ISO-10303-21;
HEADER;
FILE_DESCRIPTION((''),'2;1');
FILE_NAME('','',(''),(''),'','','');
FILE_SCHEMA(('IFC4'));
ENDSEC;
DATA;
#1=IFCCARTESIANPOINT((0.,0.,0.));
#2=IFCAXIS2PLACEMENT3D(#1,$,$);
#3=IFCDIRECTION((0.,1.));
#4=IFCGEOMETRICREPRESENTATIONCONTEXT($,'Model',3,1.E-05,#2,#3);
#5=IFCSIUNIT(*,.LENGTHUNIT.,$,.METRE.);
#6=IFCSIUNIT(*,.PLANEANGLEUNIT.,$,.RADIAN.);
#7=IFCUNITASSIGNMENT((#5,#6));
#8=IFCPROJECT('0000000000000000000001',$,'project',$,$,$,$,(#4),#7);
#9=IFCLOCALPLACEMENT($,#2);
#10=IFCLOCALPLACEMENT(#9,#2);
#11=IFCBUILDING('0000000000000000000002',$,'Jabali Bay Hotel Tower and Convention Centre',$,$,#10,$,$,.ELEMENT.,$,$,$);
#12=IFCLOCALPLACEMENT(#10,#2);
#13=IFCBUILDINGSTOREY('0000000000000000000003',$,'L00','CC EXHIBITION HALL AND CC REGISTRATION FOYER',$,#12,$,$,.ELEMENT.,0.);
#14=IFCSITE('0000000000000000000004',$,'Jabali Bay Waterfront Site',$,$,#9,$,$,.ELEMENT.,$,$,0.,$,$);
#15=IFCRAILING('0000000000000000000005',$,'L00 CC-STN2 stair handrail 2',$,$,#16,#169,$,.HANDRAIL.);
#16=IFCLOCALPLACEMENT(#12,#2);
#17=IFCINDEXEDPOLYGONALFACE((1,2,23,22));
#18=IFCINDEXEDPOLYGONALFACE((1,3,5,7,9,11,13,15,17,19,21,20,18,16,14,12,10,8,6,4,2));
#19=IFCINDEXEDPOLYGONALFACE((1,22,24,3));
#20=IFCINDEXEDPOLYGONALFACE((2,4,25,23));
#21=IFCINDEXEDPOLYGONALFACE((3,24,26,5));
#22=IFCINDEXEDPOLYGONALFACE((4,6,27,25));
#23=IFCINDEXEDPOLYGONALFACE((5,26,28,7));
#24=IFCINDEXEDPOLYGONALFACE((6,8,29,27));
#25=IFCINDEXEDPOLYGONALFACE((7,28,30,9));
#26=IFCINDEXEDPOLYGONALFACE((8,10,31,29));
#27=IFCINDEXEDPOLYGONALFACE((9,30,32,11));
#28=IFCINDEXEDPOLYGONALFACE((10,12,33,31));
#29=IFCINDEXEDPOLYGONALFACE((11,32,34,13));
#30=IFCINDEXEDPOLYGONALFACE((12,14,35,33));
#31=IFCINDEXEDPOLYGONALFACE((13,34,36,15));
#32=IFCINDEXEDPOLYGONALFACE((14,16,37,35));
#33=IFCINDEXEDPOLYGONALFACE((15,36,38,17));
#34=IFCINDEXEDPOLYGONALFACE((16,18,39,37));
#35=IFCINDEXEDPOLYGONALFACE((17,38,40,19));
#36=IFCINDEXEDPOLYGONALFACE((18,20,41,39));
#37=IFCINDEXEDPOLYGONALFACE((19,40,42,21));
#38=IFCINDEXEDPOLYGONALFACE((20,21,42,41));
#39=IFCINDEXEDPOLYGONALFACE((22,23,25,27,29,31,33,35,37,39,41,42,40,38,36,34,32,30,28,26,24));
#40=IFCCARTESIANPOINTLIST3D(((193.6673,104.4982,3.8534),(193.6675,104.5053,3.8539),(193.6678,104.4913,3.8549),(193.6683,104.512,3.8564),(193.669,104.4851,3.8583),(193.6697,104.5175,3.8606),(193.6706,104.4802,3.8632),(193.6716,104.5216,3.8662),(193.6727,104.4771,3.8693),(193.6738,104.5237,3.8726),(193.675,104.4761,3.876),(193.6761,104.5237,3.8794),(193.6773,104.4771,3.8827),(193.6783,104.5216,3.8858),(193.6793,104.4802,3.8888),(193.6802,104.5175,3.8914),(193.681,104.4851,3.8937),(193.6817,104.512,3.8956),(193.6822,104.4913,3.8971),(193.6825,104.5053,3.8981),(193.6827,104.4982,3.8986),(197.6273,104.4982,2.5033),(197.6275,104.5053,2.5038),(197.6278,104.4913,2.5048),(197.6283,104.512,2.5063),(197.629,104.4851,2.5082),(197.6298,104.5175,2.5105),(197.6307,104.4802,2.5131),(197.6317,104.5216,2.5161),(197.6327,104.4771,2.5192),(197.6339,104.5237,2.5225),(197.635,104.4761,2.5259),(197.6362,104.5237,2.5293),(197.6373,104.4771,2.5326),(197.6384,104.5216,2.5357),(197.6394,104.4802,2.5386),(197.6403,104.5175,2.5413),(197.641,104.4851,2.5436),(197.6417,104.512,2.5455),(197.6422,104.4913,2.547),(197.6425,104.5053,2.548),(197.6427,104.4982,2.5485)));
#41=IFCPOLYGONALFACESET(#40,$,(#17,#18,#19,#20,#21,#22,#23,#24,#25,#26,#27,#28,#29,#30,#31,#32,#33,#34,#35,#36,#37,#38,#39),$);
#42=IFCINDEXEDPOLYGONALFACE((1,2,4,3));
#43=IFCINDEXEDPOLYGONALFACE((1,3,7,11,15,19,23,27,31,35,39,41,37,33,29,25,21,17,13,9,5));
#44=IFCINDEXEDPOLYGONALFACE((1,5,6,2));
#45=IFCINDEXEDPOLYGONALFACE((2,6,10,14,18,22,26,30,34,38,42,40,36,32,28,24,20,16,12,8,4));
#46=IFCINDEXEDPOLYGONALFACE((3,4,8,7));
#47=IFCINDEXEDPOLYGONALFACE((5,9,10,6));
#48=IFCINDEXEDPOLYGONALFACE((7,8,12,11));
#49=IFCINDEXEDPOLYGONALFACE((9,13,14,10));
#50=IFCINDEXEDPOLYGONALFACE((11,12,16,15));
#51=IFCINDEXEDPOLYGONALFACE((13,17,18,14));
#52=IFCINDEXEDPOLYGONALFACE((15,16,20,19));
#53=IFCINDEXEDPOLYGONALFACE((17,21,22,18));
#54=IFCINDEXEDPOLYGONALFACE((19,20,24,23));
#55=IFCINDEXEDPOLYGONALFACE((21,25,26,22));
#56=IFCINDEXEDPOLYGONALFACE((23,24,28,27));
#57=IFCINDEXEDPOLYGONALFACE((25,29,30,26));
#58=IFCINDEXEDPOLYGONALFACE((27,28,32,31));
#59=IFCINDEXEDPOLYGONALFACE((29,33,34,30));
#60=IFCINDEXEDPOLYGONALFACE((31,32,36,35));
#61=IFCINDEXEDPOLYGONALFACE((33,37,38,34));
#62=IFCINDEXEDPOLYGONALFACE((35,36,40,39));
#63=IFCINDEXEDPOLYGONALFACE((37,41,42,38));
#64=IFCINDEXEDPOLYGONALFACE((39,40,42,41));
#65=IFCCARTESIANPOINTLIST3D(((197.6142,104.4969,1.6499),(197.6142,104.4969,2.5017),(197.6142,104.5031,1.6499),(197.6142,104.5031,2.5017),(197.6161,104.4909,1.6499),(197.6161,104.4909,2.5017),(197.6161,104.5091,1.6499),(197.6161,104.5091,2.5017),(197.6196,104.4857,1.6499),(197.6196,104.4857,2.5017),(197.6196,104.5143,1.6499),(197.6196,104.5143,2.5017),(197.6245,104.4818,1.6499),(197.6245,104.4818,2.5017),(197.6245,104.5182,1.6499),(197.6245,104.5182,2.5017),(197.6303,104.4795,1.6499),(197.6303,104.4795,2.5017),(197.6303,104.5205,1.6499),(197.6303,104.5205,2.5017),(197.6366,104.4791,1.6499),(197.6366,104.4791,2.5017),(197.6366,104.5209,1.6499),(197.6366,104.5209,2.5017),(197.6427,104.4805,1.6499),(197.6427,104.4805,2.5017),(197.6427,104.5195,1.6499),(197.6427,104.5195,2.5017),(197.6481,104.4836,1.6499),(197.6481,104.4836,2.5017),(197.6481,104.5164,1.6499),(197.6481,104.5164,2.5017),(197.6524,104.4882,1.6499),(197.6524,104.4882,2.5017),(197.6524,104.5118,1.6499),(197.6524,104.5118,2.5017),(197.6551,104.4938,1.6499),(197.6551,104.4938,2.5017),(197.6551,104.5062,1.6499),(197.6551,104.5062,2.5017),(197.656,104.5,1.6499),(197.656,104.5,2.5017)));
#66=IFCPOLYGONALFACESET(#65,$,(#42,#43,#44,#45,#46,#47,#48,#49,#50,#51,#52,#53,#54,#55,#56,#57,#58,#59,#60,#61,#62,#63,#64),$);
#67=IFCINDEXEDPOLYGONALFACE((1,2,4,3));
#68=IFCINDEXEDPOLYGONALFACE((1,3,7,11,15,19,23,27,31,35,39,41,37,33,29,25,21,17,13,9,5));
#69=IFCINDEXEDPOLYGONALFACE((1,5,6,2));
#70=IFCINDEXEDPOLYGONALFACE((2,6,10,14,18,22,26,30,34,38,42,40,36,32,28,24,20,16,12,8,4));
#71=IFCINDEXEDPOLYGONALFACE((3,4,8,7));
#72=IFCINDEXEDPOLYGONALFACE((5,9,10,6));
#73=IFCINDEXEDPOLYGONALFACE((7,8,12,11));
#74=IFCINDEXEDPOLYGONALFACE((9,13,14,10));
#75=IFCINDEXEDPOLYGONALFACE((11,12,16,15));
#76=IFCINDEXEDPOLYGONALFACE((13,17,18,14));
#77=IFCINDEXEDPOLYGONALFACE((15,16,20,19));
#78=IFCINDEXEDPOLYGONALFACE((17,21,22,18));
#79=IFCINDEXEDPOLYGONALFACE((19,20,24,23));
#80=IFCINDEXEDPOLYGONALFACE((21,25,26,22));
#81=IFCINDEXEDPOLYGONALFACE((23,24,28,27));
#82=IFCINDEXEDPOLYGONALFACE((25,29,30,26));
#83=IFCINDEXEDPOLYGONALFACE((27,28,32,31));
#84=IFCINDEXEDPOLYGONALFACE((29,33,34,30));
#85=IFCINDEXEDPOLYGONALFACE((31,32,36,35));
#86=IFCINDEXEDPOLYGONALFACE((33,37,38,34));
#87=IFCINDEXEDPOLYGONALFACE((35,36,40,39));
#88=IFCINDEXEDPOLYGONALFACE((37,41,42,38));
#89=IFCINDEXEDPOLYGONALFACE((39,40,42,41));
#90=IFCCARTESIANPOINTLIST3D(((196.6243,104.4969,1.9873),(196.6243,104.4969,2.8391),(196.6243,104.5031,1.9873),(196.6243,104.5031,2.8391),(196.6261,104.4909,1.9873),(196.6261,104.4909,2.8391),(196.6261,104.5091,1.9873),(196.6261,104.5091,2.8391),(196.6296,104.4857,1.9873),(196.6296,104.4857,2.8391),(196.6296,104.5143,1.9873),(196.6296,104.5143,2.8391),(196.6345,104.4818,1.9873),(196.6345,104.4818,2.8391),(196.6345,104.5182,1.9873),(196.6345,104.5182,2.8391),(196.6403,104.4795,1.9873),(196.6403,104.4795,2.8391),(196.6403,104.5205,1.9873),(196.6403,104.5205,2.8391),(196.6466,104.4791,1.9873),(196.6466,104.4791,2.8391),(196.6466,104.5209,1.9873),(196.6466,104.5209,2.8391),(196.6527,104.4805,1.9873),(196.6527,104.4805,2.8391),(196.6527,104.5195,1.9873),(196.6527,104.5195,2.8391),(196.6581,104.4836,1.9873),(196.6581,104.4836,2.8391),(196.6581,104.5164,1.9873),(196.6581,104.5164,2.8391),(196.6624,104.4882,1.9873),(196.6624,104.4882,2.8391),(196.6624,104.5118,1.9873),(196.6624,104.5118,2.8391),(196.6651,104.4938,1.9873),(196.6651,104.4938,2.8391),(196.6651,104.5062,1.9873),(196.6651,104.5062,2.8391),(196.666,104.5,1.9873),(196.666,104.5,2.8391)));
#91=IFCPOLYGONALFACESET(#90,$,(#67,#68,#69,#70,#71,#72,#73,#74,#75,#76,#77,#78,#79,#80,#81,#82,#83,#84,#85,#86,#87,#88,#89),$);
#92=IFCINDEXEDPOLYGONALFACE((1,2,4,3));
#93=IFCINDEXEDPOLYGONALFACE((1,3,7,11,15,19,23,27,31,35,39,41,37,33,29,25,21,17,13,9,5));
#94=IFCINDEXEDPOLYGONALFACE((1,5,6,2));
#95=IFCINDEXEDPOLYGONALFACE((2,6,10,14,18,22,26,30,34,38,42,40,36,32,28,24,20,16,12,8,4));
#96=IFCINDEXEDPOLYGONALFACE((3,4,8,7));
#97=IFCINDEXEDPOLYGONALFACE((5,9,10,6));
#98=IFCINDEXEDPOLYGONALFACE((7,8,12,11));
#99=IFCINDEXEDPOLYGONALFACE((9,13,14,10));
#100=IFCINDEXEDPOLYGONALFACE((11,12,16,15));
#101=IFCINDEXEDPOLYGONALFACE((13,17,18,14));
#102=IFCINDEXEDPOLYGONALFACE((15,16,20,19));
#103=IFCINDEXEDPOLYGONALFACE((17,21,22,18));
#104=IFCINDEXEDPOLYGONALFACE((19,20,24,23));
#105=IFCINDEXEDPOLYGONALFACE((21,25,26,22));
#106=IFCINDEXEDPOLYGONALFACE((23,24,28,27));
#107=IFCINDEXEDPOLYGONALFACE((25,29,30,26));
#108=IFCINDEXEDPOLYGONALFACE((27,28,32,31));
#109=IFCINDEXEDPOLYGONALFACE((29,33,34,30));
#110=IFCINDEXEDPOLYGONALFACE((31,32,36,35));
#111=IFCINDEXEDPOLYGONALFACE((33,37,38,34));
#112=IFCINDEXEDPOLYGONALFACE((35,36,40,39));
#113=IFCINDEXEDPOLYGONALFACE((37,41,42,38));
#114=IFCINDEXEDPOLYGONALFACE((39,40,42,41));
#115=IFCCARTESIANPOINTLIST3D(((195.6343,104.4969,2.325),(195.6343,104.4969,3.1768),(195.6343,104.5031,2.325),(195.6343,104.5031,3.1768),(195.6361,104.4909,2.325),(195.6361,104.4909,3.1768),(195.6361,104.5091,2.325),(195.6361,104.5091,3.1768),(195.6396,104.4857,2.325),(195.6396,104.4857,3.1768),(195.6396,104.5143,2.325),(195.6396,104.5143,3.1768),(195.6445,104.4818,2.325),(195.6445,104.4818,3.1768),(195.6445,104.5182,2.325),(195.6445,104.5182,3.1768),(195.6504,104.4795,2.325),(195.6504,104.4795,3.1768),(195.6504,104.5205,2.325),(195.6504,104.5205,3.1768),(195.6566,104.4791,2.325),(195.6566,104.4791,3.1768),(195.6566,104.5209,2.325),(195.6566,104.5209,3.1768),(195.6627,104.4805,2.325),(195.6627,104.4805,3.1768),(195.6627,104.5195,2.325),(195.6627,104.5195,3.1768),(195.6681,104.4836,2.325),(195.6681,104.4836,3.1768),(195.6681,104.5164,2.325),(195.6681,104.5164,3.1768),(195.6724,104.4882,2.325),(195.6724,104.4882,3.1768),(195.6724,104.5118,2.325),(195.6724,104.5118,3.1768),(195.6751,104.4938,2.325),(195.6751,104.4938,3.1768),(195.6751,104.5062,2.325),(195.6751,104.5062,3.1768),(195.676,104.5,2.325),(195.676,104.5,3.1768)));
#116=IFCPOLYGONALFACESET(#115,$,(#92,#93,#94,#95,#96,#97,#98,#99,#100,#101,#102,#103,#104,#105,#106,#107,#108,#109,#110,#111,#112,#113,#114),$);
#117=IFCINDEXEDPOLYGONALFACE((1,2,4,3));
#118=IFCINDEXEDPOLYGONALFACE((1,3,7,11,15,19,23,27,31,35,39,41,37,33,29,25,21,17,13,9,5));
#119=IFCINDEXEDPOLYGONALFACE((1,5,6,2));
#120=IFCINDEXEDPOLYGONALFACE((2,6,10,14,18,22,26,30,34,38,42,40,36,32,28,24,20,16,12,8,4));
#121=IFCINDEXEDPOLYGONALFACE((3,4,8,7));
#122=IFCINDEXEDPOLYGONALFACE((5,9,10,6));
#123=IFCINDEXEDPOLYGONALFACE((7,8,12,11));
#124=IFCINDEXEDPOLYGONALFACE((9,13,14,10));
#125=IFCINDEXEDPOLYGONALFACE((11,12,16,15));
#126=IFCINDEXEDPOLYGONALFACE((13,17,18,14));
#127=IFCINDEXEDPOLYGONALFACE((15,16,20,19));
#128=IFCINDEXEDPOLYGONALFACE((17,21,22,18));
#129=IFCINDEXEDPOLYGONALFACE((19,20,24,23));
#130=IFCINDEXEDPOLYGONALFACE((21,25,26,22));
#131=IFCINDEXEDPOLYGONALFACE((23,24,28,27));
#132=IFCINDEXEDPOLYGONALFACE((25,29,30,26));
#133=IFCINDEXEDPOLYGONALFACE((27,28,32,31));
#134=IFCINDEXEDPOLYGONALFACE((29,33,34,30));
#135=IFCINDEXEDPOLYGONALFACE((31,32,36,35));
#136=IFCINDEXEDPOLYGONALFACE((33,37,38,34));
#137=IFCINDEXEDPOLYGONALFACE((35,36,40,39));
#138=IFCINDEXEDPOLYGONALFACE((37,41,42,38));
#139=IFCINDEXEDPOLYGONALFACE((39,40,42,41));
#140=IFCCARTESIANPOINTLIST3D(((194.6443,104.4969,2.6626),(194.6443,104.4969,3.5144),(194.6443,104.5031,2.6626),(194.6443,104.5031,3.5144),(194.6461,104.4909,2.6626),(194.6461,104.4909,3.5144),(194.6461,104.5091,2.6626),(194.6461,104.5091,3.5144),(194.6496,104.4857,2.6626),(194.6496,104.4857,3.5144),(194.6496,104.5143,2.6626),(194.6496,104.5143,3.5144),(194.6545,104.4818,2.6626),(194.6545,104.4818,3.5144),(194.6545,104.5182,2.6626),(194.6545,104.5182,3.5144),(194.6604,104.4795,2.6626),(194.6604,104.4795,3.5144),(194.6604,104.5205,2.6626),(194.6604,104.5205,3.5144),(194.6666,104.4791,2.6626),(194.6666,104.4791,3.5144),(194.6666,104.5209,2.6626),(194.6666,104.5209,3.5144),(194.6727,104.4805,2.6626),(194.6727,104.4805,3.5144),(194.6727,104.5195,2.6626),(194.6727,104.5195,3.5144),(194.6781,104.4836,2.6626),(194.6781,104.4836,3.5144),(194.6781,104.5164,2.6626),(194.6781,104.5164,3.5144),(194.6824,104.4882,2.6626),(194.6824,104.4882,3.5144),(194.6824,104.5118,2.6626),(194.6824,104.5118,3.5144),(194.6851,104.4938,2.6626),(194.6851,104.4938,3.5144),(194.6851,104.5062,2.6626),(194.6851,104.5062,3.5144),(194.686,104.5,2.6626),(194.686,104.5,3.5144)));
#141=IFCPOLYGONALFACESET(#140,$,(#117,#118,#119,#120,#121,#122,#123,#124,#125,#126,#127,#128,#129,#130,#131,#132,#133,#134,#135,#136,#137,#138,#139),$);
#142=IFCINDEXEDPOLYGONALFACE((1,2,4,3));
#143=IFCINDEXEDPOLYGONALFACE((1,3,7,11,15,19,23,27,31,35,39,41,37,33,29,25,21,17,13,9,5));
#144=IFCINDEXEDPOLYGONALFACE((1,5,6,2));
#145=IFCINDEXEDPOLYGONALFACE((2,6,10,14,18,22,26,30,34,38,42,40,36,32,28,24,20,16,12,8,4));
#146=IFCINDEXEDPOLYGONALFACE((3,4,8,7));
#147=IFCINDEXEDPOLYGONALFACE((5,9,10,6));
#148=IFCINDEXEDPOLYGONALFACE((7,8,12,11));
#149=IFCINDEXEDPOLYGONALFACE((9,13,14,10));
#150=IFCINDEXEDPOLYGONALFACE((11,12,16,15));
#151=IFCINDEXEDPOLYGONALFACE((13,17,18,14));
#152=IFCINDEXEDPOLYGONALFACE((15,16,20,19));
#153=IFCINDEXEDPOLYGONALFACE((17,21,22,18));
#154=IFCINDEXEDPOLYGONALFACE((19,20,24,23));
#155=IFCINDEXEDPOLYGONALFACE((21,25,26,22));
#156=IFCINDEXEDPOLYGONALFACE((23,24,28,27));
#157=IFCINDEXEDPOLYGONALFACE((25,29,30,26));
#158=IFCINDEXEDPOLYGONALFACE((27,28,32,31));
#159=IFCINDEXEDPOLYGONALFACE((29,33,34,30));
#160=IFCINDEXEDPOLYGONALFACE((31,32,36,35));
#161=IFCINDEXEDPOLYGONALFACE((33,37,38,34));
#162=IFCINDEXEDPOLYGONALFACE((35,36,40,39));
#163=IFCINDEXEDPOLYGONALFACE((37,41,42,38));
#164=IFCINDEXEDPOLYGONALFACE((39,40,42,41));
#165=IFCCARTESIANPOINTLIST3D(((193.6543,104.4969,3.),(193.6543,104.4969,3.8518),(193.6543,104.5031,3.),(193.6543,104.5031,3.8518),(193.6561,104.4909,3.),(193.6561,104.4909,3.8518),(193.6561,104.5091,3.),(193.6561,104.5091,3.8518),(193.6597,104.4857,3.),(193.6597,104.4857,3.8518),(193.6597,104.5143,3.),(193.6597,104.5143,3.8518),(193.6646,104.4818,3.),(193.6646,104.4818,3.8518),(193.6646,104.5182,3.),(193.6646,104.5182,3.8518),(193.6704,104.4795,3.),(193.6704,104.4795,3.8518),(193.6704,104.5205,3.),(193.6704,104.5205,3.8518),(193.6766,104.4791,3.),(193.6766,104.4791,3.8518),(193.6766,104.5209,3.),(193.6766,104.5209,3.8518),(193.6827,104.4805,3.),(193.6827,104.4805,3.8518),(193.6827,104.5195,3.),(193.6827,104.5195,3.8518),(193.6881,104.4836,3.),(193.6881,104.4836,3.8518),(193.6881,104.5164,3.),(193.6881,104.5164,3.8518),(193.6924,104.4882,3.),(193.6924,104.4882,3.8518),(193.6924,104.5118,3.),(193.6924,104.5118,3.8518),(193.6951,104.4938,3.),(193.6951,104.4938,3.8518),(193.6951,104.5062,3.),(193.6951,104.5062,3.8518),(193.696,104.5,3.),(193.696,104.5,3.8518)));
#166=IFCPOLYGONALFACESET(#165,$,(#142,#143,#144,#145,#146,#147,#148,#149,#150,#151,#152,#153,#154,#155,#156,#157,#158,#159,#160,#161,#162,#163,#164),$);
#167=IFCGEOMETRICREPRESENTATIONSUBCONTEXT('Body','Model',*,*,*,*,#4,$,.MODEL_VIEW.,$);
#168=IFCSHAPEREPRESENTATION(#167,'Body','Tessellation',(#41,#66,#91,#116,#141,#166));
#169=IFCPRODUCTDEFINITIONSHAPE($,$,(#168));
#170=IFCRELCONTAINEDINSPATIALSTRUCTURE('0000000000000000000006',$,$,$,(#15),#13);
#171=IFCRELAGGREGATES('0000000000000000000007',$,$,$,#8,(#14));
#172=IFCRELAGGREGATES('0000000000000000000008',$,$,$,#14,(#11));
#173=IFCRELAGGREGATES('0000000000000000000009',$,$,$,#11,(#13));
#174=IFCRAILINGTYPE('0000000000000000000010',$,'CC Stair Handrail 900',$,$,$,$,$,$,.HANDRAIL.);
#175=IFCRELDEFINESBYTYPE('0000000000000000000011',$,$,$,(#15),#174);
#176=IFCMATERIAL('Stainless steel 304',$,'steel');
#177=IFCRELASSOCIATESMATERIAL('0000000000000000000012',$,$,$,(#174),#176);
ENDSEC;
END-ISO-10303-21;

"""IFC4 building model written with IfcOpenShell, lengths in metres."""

from ifc_helpers import new_model, si_unit, direction, frame, origin, origin_2d, place, context, subcontext, project, spatial, circle, extrude, material, type_object, element, save


model = new_model("IFC4")

# Units and contexts
model_context = context("Model", 3, precision=1e-05, world=origin(), true_north=direction((0.0, 1.0)))
body_context = subcontext(model_context, "Body", "Model", "MODEL_VIEW")
ifc_project = project(units=[si_unit("LENGTHUNIT", "METRE"), si_unit("PLANEANGLEUNIT", "RADIAN")], contexts=[model_context])

# Site, building, storey
site_placement = place(None, origin())
site = spatial("IfcSite", under=ifc_project, at=site_placement, Name="Jabali Bay Waterfront Site", CompositionType="ELEMENT", RefElevation=0.0)
building_placement = place(site_placement, origin())
building = spatial("IfcBuilding", under=site, at=building_placement, Name="Jabali Bay Hotel Tower and Convention Centre", CompositionType="ELEMENT")
storey_placement = place(building_placement, origin())
storey = spatial("IfcBuildingStorey", under=building, at=storey_placement, Name="L00", Description="CC EXHIBITION HALL AND CC REGISTRATION FOYER", CompositionType="ELEMENT", Elevation=0.0)

# Railing
ifc_material_1 = material(Name="Stainless steel 304", Category="steel")
railing_type_1 = type_object("IfcRailingType", Name="CC Stair Handrail 900", PredefinedType="HANDRAIL", material=ifc_material_1)
for number, where, name in (
    (1, (197.635, 104.5, 1.6499), "L00 CC-STN2 stair handrail 2"),
):
    element("IfcRailing", number, at=place(storey_placement, frame(where)), inside=storey, type_object=railing_type_1, Name=name, PredefinedType="HANDRAIL", context=body_context, shape_type="SweptSolid", body=[
        extrude(circle(Radius=0.0239, at=origin_2d()), frame((0.0, 0.0, 0.876), z_axis=(-0.946502, 0.0, 0.322698), x_axis=(0.0, -1.0, 0.0)), (0.0, 0.0, 1.0), 4.1838),
        extrude(circle(Radius=0.021, at=origin_2d()), origin(), (0.0, 0.0, 1.0), 0.8518),
        extrude(circle(Radius=0.021, at=origin_2d()), frame((-0.99, 0.0, 0.3374)), (0.0, 0.0, 1.0), 0.8518),
        extrude(circle(Radius=0.021, at=origin_2d()), frame((-1.98, 0.0, 0.675)), (0.0, 0.0, 1.0), 0.8518),
        extrude(circle(Radius=0.021, at=origin_2d()), frame((-2.97, 0.0, 1.0127)), (0.0, 0.0, 1.0), 0.8518),
        extrude(circle(Radius=0.021, at=origin_2d()), frame((-3.96, 0.0, 1.3501)), (0.0, 0.0, 1.0), 0.8518),
    ])

save(model, "model.ifc")
